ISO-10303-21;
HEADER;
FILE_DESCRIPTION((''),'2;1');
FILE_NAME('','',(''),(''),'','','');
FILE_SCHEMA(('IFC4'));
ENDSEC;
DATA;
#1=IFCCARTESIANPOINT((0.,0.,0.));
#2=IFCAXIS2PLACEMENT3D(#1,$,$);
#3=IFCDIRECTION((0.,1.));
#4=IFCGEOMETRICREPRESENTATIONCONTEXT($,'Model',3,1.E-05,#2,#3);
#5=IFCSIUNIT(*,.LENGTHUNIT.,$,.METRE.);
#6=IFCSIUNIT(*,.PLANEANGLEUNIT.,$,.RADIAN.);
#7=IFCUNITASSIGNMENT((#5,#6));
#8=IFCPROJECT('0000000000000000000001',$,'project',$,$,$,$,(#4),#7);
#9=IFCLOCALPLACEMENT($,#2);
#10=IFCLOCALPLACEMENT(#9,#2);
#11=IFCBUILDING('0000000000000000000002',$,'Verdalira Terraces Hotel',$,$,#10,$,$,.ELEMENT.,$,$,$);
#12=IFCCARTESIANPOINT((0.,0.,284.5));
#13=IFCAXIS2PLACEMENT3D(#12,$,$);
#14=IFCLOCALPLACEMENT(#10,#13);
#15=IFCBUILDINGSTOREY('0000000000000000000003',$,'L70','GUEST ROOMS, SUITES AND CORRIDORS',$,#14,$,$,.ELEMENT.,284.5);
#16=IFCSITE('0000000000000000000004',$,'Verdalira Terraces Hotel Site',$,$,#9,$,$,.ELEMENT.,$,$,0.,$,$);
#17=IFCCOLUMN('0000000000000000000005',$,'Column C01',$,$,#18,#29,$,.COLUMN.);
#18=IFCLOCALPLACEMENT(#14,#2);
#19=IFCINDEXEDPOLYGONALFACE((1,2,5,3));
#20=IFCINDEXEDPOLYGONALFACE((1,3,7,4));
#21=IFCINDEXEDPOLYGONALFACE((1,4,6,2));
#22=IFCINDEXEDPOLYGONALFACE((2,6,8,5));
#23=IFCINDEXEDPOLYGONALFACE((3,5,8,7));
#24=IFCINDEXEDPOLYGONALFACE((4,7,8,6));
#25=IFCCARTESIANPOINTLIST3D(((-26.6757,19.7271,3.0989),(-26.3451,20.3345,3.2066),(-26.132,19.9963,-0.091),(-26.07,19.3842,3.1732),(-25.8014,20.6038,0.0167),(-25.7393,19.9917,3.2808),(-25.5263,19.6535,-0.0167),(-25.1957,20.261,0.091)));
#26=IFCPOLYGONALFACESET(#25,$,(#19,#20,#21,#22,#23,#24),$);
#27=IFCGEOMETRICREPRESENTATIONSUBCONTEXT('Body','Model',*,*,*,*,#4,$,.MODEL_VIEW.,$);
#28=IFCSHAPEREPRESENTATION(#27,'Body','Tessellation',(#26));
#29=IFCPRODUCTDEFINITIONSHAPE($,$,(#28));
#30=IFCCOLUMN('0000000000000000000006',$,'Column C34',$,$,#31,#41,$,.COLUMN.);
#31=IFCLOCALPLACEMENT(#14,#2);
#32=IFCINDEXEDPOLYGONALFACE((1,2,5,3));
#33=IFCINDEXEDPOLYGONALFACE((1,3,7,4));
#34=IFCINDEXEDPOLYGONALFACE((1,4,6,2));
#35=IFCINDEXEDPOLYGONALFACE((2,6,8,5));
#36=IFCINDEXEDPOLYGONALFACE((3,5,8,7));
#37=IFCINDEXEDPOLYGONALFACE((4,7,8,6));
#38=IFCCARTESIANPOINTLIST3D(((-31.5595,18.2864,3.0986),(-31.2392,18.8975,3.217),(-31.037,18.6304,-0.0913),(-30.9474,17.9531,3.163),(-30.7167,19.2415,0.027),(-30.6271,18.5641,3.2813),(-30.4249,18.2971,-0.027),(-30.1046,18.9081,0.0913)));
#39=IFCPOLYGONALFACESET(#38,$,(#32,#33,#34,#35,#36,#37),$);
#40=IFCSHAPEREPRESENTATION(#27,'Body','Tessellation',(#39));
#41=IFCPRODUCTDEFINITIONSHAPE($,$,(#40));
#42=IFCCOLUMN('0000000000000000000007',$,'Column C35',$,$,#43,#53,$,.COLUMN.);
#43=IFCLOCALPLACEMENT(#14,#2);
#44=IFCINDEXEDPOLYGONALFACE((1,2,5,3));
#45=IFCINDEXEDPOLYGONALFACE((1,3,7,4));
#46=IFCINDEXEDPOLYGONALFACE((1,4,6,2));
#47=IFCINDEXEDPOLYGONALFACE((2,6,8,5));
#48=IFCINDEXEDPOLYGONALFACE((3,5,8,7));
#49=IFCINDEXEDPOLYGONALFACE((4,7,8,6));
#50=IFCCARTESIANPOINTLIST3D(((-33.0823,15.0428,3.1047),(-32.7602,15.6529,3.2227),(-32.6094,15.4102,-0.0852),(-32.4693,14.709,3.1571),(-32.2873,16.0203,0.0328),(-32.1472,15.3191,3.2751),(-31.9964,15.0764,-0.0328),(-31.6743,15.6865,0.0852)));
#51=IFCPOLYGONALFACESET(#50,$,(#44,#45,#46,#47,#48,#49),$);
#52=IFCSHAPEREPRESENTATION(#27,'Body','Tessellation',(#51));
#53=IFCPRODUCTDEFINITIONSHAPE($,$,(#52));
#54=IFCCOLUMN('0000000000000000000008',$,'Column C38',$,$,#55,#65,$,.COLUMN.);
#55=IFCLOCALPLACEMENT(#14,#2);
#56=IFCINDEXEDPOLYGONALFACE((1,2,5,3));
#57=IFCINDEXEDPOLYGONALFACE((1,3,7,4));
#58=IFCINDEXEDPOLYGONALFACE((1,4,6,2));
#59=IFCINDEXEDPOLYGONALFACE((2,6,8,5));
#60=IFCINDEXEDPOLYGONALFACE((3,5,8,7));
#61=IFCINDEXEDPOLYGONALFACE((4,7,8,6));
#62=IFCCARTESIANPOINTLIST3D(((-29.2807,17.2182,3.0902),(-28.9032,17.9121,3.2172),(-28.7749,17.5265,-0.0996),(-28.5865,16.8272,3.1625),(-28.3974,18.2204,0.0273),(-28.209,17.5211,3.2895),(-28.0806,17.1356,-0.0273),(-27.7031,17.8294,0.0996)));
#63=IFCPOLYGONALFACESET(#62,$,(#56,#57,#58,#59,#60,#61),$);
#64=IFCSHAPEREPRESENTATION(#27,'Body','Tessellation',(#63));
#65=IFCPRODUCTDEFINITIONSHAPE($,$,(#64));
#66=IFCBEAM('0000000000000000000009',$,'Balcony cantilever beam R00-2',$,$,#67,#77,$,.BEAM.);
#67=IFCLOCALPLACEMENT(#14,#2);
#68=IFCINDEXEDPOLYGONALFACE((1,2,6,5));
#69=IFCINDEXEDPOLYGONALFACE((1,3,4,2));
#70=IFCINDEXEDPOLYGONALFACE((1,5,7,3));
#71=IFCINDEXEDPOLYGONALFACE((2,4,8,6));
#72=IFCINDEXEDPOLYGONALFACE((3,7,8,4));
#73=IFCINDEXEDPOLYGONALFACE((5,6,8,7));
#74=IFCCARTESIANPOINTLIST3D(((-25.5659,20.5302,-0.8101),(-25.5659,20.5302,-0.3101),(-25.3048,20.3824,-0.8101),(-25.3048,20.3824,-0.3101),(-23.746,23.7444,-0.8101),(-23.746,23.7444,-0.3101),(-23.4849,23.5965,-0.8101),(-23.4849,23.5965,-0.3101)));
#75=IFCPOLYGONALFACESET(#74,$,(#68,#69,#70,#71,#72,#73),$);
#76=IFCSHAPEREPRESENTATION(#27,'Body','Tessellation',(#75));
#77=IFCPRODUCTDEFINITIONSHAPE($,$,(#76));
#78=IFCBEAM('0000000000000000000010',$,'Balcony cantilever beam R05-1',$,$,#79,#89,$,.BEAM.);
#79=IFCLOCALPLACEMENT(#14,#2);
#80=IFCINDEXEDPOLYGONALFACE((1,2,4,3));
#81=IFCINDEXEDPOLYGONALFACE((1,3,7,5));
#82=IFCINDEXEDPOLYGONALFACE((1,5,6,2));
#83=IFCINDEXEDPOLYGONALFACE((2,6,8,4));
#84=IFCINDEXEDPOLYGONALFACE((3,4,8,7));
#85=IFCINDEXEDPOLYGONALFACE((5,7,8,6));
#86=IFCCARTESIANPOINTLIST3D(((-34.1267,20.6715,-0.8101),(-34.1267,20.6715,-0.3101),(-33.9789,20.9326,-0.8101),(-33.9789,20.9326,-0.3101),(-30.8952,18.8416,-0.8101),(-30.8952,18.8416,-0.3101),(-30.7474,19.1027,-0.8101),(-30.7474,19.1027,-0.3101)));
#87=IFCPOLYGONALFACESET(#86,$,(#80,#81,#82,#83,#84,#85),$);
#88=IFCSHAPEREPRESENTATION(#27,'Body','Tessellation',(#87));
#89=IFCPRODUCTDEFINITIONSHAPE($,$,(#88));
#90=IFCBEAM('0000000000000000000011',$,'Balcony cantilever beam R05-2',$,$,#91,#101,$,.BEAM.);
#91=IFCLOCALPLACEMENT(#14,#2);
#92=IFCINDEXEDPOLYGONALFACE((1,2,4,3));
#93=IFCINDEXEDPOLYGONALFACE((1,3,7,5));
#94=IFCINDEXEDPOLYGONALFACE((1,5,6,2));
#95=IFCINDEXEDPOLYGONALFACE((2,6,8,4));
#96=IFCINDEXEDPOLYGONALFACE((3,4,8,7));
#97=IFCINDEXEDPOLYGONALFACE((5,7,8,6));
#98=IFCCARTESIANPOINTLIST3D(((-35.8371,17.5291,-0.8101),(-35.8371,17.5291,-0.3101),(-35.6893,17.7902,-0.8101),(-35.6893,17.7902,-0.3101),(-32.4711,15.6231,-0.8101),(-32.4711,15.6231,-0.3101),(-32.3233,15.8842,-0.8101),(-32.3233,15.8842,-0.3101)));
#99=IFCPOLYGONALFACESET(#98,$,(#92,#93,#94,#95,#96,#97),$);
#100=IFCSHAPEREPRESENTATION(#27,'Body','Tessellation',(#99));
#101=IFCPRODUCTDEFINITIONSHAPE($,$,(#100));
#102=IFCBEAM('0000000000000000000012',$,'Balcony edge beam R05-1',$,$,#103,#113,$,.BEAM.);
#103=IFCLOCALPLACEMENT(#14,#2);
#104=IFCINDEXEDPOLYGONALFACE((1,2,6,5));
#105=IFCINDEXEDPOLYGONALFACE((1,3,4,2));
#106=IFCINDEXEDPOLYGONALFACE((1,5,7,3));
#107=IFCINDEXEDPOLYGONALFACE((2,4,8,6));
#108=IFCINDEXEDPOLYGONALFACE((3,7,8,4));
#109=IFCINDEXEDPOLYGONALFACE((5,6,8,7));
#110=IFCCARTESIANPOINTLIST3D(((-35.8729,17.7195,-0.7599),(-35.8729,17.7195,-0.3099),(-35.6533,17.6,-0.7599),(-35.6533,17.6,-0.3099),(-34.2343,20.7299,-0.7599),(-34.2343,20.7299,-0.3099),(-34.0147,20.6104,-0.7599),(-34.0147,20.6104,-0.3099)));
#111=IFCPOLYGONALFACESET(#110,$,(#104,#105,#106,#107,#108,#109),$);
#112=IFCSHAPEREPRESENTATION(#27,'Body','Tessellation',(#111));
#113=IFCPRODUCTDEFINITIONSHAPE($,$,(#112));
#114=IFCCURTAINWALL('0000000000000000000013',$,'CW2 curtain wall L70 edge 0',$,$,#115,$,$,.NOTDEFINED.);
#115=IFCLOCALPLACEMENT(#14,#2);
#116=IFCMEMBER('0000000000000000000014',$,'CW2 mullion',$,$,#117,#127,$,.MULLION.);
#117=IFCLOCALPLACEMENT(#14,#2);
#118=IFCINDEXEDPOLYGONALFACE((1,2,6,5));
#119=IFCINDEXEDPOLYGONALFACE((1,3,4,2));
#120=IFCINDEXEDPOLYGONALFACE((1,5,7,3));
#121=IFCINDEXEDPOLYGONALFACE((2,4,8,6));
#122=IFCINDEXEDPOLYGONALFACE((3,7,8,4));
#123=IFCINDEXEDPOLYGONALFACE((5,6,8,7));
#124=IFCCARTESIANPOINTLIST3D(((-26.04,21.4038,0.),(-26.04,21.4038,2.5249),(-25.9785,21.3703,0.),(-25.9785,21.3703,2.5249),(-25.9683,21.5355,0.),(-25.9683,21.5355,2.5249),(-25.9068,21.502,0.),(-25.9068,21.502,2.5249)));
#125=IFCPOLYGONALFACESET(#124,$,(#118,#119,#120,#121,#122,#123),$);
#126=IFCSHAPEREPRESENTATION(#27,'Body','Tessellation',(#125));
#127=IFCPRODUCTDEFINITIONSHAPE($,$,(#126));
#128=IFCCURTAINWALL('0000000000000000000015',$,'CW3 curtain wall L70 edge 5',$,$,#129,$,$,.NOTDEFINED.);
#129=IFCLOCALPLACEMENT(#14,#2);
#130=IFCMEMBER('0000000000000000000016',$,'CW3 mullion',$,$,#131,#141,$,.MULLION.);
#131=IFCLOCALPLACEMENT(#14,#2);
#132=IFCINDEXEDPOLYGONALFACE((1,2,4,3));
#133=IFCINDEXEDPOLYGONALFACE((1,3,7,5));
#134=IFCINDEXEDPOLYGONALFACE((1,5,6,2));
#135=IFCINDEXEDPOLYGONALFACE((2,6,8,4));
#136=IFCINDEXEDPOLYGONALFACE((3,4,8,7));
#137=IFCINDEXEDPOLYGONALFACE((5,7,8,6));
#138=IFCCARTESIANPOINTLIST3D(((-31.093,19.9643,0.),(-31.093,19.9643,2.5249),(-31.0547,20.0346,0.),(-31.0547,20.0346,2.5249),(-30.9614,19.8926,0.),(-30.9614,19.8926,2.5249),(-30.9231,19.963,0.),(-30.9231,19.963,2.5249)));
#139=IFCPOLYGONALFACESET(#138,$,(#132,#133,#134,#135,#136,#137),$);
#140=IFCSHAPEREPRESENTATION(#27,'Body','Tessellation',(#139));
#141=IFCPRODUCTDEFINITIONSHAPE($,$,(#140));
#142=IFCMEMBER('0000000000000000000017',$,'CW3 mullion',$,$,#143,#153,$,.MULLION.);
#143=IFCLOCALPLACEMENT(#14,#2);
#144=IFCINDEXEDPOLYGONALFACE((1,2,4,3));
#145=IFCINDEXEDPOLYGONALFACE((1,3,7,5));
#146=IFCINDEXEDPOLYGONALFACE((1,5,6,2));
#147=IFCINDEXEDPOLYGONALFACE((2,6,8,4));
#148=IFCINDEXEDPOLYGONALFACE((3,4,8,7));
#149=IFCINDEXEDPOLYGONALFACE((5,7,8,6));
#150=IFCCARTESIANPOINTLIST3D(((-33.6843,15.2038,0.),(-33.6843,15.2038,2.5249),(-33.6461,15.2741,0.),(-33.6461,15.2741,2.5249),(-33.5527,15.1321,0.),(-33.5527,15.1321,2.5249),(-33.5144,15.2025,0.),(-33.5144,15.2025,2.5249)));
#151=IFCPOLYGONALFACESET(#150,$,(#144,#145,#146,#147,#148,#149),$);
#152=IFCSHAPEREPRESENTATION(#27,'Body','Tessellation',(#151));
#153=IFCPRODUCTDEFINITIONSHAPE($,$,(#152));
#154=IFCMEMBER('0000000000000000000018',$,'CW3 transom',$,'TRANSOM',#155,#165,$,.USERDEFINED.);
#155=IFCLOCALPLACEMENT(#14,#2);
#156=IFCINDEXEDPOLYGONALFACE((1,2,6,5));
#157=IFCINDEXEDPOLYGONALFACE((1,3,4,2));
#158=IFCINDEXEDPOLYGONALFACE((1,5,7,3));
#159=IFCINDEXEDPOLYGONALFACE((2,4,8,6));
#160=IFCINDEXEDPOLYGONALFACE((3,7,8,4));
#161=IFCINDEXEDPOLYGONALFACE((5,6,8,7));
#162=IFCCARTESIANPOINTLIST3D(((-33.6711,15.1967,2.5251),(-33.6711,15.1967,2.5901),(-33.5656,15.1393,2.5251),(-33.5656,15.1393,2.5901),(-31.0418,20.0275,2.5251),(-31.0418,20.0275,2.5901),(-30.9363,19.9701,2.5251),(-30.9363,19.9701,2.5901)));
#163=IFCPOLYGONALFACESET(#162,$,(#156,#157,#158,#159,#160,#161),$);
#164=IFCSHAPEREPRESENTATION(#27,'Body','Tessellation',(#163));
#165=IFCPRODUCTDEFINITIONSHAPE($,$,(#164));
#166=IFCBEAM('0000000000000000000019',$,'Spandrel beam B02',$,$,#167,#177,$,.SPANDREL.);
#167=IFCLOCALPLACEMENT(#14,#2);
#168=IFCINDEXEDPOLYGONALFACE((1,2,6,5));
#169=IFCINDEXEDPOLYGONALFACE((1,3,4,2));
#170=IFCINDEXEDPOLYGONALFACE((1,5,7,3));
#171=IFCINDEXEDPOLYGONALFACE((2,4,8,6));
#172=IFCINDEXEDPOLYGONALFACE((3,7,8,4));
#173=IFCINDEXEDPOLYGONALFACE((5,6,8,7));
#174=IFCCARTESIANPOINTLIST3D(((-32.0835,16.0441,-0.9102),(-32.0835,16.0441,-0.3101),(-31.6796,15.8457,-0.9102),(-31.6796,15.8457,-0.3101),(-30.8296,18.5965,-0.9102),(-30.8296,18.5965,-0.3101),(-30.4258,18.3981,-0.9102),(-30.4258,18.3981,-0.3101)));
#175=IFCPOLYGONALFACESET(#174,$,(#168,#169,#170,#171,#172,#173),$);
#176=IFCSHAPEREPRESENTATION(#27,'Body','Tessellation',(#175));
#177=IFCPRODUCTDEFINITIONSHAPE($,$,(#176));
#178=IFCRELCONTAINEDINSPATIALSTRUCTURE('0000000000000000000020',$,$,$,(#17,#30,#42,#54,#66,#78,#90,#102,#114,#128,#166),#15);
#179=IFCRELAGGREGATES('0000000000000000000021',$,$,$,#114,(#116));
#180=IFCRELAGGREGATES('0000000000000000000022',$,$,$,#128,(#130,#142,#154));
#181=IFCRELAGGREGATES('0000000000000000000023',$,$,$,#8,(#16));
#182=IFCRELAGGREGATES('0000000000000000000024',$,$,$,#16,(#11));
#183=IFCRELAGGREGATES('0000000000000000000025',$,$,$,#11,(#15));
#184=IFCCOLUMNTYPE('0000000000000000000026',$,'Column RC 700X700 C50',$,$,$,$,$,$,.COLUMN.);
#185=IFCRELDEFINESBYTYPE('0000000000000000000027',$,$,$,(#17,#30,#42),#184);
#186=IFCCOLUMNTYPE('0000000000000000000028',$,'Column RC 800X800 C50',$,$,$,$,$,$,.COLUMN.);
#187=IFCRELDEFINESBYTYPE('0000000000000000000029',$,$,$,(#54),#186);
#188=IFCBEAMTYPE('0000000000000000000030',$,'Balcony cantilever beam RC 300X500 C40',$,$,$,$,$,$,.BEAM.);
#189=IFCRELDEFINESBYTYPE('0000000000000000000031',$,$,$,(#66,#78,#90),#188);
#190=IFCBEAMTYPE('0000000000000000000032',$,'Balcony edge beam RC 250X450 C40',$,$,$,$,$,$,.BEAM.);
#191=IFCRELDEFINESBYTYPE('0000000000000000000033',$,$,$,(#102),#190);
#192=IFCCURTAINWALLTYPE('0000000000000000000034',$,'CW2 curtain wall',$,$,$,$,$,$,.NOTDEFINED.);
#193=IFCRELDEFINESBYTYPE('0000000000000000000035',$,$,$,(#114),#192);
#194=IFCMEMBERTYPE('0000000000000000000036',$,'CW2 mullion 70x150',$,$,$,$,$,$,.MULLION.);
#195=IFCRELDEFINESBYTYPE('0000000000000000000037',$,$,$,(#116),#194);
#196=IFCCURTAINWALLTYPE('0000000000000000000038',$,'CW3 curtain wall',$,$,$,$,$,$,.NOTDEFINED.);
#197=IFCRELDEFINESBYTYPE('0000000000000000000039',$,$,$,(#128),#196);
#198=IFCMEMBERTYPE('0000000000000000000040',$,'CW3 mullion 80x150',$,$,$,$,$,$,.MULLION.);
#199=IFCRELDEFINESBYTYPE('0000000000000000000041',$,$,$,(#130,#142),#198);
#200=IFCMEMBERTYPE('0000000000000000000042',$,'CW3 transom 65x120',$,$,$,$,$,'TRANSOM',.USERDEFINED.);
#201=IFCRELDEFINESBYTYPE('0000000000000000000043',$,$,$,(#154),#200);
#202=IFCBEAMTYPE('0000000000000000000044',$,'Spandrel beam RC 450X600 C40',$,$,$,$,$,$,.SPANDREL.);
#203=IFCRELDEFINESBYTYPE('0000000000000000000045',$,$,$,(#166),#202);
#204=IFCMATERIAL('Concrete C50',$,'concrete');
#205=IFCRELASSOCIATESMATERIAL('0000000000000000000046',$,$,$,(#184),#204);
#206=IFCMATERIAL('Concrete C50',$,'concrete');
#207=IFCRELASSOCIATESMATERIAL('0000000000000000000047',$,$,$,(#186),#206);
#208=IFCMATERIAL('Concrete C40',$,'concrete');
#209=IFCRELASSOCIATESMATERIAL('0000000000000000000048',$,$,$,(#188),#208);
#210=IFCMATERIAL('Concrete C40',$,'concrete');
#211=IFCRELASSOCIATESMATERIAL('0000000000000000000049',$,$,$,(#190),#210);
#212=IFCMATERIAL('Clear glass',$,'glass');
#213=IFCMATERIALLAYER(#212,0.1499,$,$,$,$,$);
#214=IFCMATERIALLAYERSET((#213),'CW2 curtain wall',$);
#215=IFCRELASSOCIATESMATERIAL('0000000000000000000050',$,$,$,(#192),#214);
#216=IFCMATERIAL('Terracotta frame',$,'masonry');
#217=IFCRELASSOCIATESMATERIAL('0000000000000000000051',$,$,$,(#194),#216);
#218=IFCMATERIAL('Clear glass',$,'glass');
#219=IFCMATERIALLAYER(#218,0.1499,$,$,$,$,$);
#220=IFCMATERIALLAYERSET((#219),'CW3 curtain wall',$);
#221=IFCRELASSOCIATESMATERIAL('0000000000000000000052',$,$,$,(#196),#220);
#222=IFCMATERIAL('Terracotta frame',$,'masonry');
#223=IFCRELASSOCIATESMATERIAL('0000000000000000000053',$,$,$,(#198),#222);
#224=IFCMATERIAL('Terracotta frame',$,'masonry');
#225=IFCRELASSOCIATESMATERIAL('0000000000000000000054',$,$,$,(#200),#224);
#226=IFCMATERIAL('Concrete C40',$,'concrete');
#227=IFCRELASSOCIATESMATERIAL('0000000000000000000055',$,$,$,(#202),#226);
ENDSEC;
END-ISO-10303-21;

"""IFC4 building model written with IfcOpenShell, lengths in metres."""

from ifc_helpers import new_model, si_unit, direction, frame, origin, origin_2d, place, context, subcontext, project, spatial, rectangle, extrude, material, layer, layer_set, material_profile, profile_set, type_object, element, aggregate, save


model = new_model("IFC4")

# Units and contexts
model_context = context("Model", 3, precision=1e-05, world=origin(), true_north=direction((0.0, 1.0)))
body_context = subcontext(model_context, "Body", "Model", "MODEL_VIEW")
ifc_project = project(units=[si_unit("LENGTHUNIT", "METRE"), si_unit("PLANEANGLEUNIT", "RADIAN")], contexts=[model_context])

# Site, building, storey
site_placement = place(None, origin())
site = spatial("IfcSite", under=ifc_project, at=site_placement, Name="Verdalira Terraces Hotel Site", CompositionType="ELEMENT", RefElevation=0.0)
building_placement = place(site_placement, origin())
building = spatial("IfcBuilding", under=site, at=building_placement, Name="Verdalira Terraces Hotel", CompositionType="ELEMENT")
storey_placement = place(building_placement, frame((0.0, 0.0, 284.5)))
storey = spatial("IfcBuildingStorey", under=building, at=storey_placement, Name="L70", Description="GUEST ROOMS, SUITES AND CORRIDORS", CompositionType="ELEMENT", Elevation=284.5)

# Columns
ifc_material_1 = material(Name="Concrete C50", Category="concrete")
ifc_material_profile_1 = material_profile(ifc_material_1, rectangle(XDim=0.7, YDim=0.7, at=origin_2d()), Name="RC 700X700")
ifc_profile_set_1 = profile_set([ifc_material_profile_1], Name="Concrete C50")
column_type_1 = type_object("IfcColumnType", Name="Column RC 700X700 C50", PredefinedType="COLUMN", material=ifc_profile_set_1)
column_1_placement = place(storey_placement, frame((-25.6638, 20.1287, 0.0), z_axis=(-0.167441, -0.082931, 0.982388), x_axis=(-0.865358, 0.489784, -0.106147)))
element("IfcColumn", 1, at=column_1_placement, inside=storey, type_object=column_type_1, Name="Column C01", PredefinedType="COLUMN", context=body_context, shape_type="SweptSolid", body=[
    extrude(rectangle(XDim=0.7, YDim=0.7, at=origin_2d()), origin(), (0.0, 0.0, 1.0), 3.2471),
])
column_2_placement = place(storey_placement, frame((-30.5708, 18.7693, 0.0), z_axis=(-0.160723, -0.105822, 0.98131), x_axis=(-0.457589, -0.87294, -0.169081)))
element("IfcColumn", 2, at=column_2_placement, inside=storey, type_object=column_type_1, Name="Column C34", PredefinedType="COLUMN", context=body_context, shape_type="SweptSolid", body=[
    extrude(rectangle(XDim=0.7, YDim=0.7, at=origin_2d()), origin(), (0.0, 0.0, 1.0), 3.2507),
])
column_3_placement = place(storey_placement, frame((-32.1418, 15.5483, 0.0), z_axis=(-0.145702, -0.113207, 0.98283), x_axis=(-0.460249, -0.871628, -0.168629)))
element("IfcColumn", 3, at=column_3_placement, inside=storey, type_object=column_type_1, Name="Column C35", PredefinedType="COLUMN", context=body_context, shape_type="SweptSolid", body=[
    extrude(rectangle(XDim=0.7, YDim=0.7, at=origin_2d()), origin(), (0.0, 0.0, 1.0), 3.2456),
])
ifc_material_2 = material(Name="Concrete C50", Category="concrete")
ifc_material_profile_2 = material_profile(ifc_material_2, rectangle(XDim=0.8, YDim=0.8, at=origin_2d()), Name="RC 800X800")
ifc_profile_set_2 = profile_set([ifc_material_profile_2], Name="Concrete C50")
column_type_2 = type_object("IfcColumnType", Name="Column RC 800X800 C50", PredefinedType="COLUMN", material=ifc_profile_set_2)
column_4_placement = place(storey_placement, frame((-28.239, 17.678, 0.0), z_axis=(-0.155913, -0.095038, 0.983188), x_axis=(-0.867778, 0.488665, -0.090376)))
element("IfcColumn", 4, at=column_4_placement, inside=storey, type_object=column_type_2, Name="Column C38", PredefinedType="COLUMN", context=body_context, shape_type="SweptSolid", body=[
    extrude(rectangle(XDim=0.8, YDim=0.8, at=origin_2d()), origin(), (0.0, 0.0, 1.0), 3.2444),
])

# Beams
ifc_material_3 = material(Name="Concrete C40", Category="concrete")
ifc_material_profile_3 = material_profile(ifc_material_3, rectangle(XDim=0.3, YDim=0.5, at=origin_2d()), Name="RC 300X500")
ifc_profile_set_3 = profile_set([ifc_material_profile_3], Name="Concrete C40")
beam_type_1 = type_object("IfcBeamType", Name="Balcony cantilever beam RC 300X500 C40", PredefinedType="BEAM", material=ifc_profile_set_3)
beam_1_placement = place(storey_placement, frame((-25.4353, 20.4563, -0.5601), z_axis=(0.492704, 0.870197, 0.0), x_axis=(-0.870197, 0.492704, 0.0)))
element("IfcBeam", 5, at=beam_1_placement, inside=storey, type_object=beam_type_1, Name="Balcony cantilever beam R00-2", PredefinedType="BEAM", context=body_context, shape_type="SweptSolid", body=[
    extrude(rectangle(XDim=0.3, YDim=0.5, at=origin_2d()), origin(), (0.0, 0.0, 1.0), 3.6936),
])
beam_2_placement = place(storey_placement, frame((-30.8213, 18.9722, -0.5601), z_axis=(-0.870174, 0.492744, 0.0), x_axis=(-0.492744, -0.870174, 0.0)))
element("IfcBeam", 6, at=beam_2_placement, inside=storey, type_object=beam_type_1, Name="Balcony cantilever beam R05-1", PredefinedType="BEAM", context=body_context, shape_type="SweptSolid", body=[
    extrude(rectangle(XDim=0.3, YDim=0.5, at=origin_2d()), origin(), (0.0, 0.0, 1.0), 3.7136),
])
beam_3_placement = place(storey_placement, frame((-32.3972, 15.7537, -0.5601), z_axis=(-0.870175, 0.492743, 0.0), x_axis=(-0.492743, -0.870175, 0.0)))
element("IfcBeam", 7, at=beam_3_placement, inside=storey, type_object=beam_type_1, Name="Balcony cantilever beam R05-2", PredefinedType="BEAM", context=body_context, shape_type="SweptSolid", body=[
    extrude(rectangle(XDim=0.3, YDim=0.5, at=origin_2d()), origin(), (0.0, 0.0, 1.0), 3.8682),
])
ifc_material_4 = material(Name="Concrete C40", Category="concrete")
ifc_material_profile_4 = material_profile(ifc_material_4, rectangle(XDim=0.25, YDim=0.45, at=origin_2d()), Name="RC 250X450")
ifc_profile_set_4 = profile_set([ifc_material_profile_4], Name="Concrete C40")
beam_type_2 = type_object("IfcBeamType", Name="Balcony edge beam RC 250X450 C40", PredefinedType="BEAM", material=ifc_profile_set_4)
beam_4_placement = place(storey_placement, frame((-34.1245, 20.6702, -0.5349), z_axis=(-0.478083, -0.878314, 0.0), x_axis=(0.878314, -0.478083, 0.0)))
element("IfcBeam", 8, at=beam_4_placement, inside=storey, type_object=beam_type_2, Name="Balcony edge beam R05-1", PredefinedType="BEAM", context=body_context, shape_type="SweptSolid", body=[
    extrude(rectangle(XDim=0.25, YDim=0.45, at=origin_2d()), origin(), (0.0, 0.0, 1.0), 3.4275),
])

# Curtain wall, member
ifc_material_5 = material(Name="Clear glass", Category="glass")
ifc_layer_1 = layer(ifc_material_5, 0.1499)
ifc_layer_set_1 = layer_set([ifc_layer_1], Name="CW2 curtain wall")
curtain_wall_type_1 = type_object("IfcCurtainWallType", Name="CW2 curtain wall", PredefinedType="NOTDEFINED", material=ifc_layer_set_1)
curtain_wall_1_placement = place(storey_placement, origin())
curtain_wall_1 = element("IfcCurtainWall", 9, at=curtain_wall_1_placement, inside=storey, type_object=curtain_wall_type_1, Name="CW2 curtain wall L70 edge 0", PredefinedType="NOTDEFINED")
ifc_material_6 = material(Name="Terracotta frame", Category="masonry")
ifc_material_profile_5 = material_profile(ifc_material_6, rectangle(XDim=0.0701, YDim=0.1499, at=origin_2d()), Name="MU 70x150")
ifc_profile_set_5 = profile_set([ifc_material_profile_5], Name="Terracotta frame")
member_type_1 = type_object("IfcMemberType", Name="CW2 mullion 70x150", PredefinedType="MULLION", material=ifc_profile_set_5)
member_1_placement = place(storey_placement, frame((-25.9734, 21.4529, 0.0), z_axis=(0.0, 0.0, 1.0), x_axis=(-0.878317, 0.478079, 0.0)))
member_1 = element("IfcMember", 10, at=member_1_placement, type_object=member_type_1, Name="CW2 mullion", PredefinedType="MULLION", context=body_context, shape_type="SweptSolid", body=[
    extrude(rectangle(XDim=0.0701, YDim=0.1499, at=origin_2d()), origin(), (0.0, 0.0, 1.0), 2.5249),
])

# Curtain wall, members
ifc_material_7 = material(Name="Clear glass", Category="glass")
ifc_layer_2 = layer(ifc_material_7, 0.1499)
ifc_layer_set_2 = layer_set([ifc_layer_2], Name="CW3 curtain wall")
curtain_wall_type_2 = type_object("IfcCurtainWallType", Name="CW3 curtain wall", PredefinedType="NOTDEFINED", material=ifc_layer_set_2)
curtain_wall_2_placement = place(storey_placement, origin())
curtain_wall_2 = element("IfcCurtainWall", 11, at=curtain_wall_2_placement, inside=storey, type_object=curtain_wall_type_2, Name="CW3 curtain wall L70 edge 5", PredefinedType="NOTDEFINED")
ifc_material_8 = material(Name="Terracotta frame", Category="masonry")
ifc_material_profile_6 = material_profile(ifc_material_8, rectangle(XDim=0.0801, YDim=0.1499, at=origin_2d()), Name="MU 80x150")
ifc_profile_set_6 = profile_set([ifc_material_profile_6], Name="Terracotta frame")
member_type_2 = type_object("IfcMemberType", Name="CW3 mullion 80x150", PredefinedType="MULLION", material=ifc_profile_set_6)
member_2_placement = place(storey_placement, frame((-31.0081, 19.9636, 0.0), z_axis=(0.0, 0.0, 1.0), x_axis=(-0.478079, -0.878317, 0.0)))
member_2 = element("IfcMember", 12, at=member_2_placement, type_object=member_type_2, Name="CW3 mullion", PredefinedType="MULLION", context=body_context, shape_type="SweptSolid", body=[
    extrude(rectangle(XDim=0.0801, YDim=0.1499, at=origin_2d()), origin(), (0.0, 0.0, 1.0), 2.5249),
])
member_3_placement = place(storey_placement, frame((-33.5994, 15.2031, 0.0), z_axis=(0.0, 0.0, 1.0), x_axis=(-0.478079, -0.878317, 0.0)))
member_3 = element("IfcMember", 13, at=member_3_placement, type_object=member_type_2, Name="CW3 mullion", PredefinedType="MULLION", context=body_context, shape_type="SweptSolid", body=[
    extrude(rectangle(XDim=0.0801, YDim=0.1499, at=origin_2d()), origin(), (0.0, 0.0, 1.0), 2.5249),
])
ifc_material_9 = material(Name="Terracotta frame", Category="masonry")
ifc_material_profile_7 = material_profile(ifc_material_9, rectangle(XDim=0.1201, YDim=0.0649, at=origin_2d()), Name="TR 65x120")
ifc_profile_set_7 = profile_set([ifc_material_profile_7], Name="Terracotta frame")
member_type_3 = type_object("IfcMemberType", Name="CW3 transom 65x120", ElementType="TRANSOM", PredefinedType="USERDEFINED", material=ifc_profile_set_7)
member_4_placement = place(storey_placement, frame((-30.989, 19.9988, 2.5576), z_axis=(-0.478068, -0.878323, 0.0), x_axis=(0.878323, -0.478068, 0.0)))
member_4 = element("IfcMember", 14, at=member_4_placement, type_object=member_type_3, Name="CW3 transom", ObjectType="TRANSOM", PredefinedType="USERDEFINED", context=body_context, shape_type="SweptSolid", body=[
    extrude(rectangle(XDim=0.1201, YDim=0.0649, at=origin_2d()), origin(), (0.0, 0.0, 1.0), 5.5),
])

# Beam
ifc_material_10 = material(Name="Concrete C40", Category="concrete")
ifc_material_profile_8 = material_profile(ifc_material_10, rectangle(XDim=0.45, YDim=0.6001, at=origin_2d()), Name="RC 450X600")
ifc_profile_set_8 = profile_set([ifc_material_profile_8], Name="Concrete C40")
beam_type_3 = type_object("IfcBeamType", Name="Spandrel beam RC 450X600 C40", PredefinedType="SPANDREL", material=ifc_profile_set_8)
beam_5_placement = place(storey_placement, frame((-30.6277, 18.4973, -0.6101), z_axis=(-0.440918, -0.897547, 0.0), x_axis=(0.897547, -0.440918, 0.0)))
element("IfcBeam", 15, at=beam_5_placement, inside=storey, type_object=beam_type_3, Name="Spandrel beam B02", PredefinedType="SPANDREL", context=body_context, shape_type="SweptSolid", body=[
    extrude(rectangle(XDim=0.45, YDim=0.6001, at=origin_2d()), origin(), (0.0, 0.0, 1.0), 2.8438),
])

aggregate(curtain_wall_1, [member_1])
aggregate(curtain_wall_2, [member_2, member_3, member_4])

save(model, "model.ifc")
